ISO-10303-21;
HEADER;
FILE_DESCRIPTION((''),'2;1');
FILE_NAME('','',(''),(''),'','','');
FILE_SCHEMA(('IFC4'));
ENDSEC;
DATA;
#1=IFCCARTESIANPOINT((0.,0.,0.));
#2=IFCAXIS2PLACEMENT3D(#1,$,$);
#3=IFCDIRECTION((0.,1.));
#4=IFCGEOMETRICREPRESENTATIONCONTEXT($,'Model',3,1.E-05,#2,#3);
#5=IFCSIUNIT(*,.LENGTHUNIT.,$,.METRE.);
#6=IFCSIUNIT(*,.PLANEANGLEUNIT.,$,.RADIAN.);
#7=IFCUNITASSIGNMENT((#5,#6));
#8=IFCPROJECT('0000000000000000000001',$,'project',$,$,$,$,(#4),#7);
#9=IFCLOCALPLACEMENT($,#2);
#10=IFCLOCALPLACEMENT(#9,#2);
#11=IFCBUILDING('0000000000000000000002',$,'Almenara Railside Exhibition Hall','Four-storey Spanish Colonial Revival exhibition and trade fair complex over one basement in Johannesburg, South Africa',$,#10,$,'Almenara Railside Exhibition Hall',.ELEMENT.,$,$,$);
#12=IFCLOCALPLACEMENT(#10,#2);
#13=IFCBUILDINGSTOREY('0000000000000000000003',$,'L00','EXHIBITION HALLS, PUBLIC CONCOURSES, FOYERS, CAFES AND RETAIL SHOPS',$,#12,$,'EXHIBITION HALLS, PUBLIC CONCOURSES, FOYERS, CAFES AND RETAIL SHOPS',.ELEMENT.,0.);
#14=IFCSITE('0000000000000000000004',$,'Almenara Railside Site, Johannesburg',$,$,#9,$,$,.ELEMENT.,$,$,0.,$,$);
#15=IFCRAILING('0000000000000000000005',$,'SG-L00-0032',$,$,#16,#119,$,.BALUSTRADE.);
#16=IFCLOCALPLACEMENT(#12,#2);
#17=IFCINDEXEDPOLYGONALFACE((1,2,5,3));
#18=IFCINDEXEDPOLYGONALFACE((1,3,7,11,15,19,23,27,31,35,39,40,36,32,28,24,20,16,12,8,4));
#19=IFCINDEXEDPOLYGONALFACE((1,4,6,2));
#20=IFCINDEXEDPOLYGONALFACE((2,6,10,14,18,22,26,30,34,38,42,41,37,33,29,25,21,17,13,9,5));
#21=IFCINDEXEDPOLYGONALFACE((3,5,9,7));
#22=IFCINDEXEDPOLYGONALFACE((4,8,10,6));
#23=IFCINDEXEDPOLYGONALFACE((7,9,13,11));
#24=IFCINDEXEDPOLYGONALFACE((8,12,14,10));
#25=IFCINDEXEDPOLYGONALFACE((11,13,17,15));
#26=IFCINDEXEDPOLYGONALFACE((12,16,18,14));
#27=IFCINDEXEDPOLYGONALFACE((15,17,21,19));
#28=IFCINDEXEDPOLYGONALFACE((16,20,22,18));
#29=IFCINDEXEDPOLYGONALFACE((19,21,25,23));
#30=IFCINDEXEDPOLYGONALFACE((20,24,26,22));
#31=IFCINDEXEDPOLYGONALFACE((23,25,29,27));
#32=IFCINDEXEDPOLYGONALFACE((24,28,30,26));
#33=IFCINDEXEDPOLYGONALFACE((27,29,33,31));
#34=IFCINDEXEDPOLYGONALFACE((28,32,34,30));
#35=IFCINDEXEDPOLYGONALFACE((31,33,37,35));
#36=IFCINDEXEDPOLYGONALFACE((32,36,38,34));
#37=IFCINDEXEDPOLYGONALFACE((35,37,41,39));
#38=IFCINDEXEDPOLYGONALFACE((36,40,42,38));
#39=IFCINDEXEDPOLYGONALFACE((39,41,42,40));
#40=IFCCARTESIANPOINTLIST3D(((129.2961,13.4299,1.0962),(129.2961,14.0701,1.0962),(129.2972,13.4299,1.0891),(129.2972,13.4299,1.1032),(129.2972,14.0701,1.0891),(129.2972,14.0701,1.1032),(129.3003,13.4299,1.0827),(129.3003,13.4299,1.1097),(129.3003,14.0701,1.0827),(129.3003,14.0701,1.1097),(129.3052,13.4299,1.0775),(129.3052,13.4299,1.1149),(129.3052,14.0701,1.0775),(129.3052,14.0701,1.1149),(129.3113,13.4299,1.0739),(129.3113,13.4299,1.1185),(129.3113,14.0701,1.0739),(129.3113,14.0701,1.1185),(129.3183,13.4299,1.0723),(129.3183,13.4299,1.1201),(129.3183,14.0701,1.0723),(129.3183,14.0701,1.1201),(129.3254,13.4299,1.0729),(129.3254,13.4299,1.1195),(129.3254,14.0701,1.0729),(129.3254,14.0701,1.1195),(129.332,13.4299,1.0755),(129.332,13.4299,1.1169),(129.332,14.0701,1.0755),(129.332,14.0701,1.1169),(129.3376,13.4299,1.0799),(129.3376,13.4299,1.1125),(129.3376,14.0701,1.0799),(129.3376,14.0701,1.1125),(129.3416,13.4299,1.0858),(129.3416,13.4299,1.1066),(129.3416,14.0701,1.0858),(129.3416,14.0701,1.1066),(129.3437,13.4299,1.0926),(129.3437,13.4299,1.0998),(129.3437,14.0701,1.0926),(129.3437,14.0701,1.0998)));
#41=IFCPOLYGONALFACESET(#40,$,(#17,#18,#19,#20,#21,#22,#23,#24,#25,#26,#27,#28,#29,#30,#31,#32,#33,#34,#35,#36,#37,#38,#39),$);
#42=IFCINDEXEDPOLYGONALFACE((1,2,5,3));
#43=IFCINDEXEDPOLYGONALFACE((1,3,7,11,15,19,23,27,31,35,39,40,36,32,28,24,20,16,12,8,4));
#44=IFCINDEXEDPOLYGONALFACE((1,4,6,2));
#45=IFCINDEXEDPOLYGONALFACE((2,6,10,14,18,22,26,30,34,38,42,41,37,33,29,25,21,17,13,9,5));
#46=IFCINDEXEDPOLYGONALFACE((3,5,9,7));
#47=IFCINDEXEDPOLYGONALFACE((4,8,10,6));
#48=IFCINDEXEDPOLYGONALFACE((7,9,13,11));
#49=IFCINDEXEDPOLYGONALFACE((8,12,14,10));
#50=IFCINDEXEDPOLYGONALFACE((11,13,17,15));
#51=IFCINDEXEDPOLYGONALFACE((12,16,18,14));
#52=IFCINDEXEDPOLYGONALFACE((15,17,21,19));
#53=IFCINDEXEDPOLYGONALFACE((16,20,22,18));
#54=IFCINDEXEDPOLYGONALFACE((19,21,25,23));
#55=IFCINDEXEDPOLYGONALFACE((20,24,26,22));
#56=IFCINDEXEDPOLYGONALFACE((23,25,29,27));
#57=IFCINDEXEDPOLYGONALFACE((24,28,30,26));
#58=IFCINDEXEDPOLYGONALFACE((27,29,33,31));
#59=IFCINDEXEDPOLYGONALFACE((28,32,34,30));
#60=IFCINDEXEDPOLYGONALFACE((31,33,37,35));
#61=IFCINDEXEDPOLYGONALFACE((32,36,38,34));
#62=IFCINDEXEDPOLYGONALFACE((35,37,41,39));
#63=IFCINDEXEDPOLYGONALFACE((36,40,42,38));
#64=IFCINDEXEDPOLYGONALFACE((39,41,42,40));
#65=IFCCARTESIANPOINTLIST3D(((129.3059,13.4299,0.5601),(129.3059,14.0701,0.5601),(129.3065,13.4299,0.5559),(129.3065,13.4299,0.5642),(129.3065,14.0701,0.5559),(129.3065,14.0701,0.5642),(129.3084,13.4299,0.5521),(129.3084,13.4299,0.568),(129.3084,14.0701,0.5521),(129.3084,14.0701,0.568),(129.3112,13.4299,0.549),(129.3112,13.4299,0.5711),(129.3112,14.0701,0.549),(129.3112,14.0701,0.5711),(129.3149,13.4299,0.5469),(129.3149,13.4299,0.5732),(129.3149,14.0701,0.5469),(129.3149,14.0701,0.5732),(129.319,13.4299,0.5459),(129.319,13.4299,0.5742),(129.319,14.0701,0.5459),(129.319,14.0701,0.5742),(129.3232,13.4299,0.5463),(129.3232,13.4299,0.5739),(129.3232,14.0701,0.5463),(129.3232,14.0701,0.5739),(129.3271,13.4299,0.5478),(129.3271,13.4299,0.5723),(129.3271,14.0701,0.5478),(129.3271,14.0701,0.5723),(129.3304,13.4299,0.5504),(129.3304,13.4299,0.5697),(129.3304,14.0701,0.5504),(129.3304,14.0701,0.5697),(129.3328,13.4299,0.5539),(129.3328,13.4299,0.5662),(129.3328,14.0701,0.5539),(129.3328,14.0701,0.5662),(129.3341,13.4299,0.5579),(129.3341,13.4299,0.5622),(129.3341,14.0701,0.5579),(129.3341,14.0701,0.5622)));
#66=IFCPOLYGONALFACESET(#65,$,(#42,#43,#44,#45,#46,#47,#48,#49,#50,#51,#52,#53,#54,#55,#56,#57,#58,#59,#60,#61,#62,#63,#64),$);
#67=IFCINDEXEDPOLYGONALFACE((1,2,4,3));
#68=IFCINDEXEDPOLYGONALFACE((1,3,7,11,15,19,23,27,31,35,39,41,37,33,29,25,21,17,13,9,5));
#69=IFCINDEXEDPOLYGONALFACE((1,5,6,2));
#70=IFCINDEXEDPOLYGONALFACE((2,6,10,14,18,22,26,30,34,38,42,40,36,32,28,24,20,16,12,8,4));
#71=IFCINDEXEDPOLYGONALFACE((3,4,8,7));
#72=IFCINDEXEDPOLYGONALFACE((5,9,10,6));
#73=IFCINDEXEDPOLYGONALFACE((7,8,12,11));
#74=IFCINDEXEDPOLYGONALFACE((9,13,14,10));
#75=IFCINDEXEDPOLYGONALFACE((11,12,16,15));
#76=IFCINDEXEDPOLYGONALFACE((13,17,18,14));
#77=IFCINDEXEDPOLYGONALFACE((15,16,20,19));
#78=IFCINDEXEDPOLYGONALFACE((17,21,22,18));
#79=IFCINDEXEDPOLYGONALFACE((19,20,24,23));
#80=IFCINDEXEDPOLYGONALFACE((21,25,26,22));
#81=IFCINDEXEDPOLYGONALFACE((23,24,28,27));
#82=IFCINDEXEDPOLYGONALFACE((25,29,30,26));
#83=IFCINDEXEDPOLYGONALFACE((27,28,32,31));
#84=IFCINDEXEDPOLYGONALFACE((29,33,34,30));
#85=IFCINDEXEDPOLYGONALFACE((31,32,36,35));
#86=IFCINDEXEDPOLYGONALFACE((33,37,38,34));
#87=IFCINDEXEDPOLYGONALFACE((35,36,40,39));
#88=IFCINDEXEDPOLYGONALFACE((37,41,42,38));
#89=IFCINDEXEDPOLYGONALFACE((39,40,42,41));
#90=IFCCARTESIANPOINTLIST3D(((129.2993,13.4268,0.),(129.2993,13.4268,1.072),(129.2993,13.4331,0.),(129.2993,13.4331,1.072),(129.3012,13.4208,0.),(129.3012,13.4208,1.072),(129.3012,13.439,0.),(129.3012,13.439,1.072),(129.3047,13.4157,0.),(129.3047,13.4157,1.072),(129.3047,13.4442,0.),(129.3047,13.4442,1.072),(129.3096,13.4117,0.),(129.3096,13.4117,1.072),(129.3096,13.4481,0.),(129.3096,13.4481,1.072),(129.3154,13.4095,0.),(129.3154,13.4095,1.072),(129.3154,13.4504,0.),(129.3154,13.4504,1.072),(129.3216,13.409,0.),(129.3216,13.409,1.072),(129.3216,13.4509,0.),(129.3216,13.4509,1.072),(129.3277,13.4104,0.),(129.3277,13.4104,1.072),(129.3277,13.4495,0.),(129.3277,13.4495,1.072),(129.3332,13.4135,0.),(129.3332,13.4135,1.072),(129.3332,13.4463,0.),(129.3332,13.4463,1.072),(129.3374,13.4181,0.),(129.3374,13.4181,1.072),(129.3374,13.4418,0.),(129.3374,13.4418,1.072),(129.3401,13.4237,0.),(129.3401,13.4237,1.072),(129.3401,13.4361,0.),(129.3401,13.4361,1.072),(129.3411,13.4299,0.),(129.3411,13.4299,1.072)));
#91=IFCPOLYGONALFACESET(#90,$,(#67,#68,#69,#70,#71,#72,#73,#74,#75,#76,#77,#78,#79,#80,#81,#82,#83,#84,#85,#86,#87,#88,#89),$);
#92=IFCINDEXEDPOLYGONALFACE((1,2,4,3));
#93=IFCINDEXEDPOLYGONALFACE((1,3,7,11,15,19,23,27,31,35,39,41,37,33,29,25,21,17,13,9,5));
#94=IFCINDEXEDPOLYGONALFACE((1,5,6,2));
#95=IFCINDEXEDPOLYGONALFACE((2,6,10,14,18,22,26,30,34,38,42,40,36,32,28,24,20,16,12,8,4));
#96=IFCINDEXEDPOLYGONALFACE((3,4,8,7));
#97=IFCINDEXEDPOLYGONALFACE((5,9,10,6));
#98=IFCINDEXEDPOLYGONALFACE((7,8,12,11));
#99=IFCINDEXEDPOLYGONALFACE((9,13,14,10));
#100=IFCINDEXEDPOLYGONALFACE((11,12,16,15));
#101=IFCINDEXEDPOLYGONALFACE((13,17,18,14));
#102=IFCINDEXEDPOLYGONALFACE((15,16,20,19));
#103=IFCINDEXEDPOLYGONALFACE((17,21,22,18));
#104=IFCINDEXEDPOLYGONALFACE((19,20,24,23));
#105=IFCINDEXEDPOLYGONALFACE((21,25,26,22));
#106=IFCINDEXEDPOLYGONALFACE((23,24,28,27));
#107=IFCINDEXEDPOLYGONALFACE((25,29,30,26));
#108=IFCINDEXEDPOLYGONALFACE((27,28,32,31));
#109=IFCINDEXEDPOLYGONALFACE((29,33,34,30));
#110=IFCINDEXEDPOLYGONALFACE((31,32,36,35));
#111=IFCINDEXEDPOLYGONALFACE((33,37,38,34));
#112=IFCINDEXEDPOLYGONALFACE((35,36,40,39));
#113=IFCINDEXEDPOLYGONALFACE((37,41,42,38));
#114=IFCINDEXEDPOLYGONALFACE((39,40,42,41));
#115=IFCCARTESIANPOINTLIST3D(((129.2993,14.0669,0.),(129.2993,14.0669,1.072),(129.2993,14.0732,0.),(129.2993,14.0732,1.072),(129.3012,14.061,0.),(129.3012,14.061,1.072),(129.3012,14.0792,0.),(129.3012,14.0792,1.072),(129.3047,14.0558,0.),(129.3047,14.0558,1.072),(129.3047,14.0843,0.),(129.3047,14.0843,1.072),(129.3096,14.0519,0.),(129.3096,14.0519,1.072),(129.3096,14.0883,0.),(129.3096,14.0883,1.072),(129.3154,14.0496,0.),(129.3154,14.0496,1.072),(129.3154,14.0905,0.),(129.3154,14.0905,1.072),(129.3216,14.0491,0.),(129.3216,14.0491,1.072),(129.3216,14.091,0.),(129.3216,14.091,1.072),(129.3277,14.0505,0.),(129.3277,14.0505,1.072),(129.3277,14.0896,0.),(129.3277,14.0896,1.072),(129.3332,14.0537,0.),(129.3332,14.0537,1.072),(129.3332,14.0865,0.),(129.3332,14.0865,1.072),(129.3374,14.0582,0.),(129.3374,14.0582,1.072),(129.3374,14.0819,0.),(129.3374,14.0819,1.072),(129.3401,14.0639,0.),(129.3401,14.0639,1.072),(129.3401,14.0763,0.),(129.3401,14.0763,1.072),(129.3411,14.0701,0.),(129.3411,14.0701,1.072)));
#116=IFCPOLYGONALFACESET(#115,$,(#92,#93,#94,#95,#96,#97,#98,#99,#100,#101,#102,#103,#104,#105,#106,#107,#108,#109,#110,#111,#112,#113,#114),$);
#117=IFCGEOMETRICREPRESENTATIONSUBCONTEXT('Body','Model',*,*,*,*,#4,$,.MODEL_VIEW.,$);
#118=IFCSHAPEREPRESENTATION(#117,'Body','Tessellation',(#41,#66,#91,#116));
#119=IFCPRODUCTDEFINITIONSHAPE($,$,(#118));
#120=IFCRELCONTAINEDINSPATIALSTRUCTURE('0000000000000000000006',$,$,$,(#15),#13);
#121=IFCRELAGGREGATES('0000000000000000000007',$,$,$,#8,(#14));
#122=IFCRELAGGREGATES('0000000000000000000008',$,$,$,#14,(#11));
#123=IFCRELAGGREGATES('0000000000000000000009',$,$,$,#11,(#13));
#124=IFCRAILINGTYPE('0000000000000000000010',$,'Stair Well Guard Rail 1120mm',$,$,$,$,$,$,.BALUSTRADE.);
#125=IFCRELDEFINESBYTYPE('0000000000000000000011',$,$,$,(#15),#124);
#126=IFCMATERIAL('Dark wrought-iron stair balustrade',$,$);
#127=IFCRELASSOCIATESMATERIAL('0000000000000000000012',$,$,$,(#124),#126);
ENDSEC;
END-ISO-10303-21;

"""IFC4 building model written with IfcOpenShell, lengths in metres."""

from ifc_helpers import new_model, si_unit, direction, frame, origin, origin_2d, place, context, subcontext, project, spatial, circle, extrude, material, type_object, element, save


model = new_model("IFC4")

# Units and contexts
model_context = context("Model", 3, precision=1e-05, world=origin(), true_north=direction((0.0, 1.0)))
body_context = subcontext(model_context, "Body", "Model", "MODEL_VIEW")
ifc_project = project(units=[si_unit("LENGTHUNIT", "METRE"), si_unit("PLANEANGLEUNIT", "RADIAN")], contexts=[model_context])

# Site, building, storey
site_placement = place(None, origin())
site = spatial("IfcSite", under=ifc_project, at=site_placement, Name="Almenara Railside Site, Johannesburg", CompositionType="ELEMENT", RefElevation=0.0)
building_placement = place(site_placement, origin())
building = spatial("IfcBuilding", under=site, at=building_placement, Name="Almenara Railside Exhibition Hall", Description="Four-storey Spanish Colonial Revival exhibition and trade fair complex over one basement in Johannesburg, South Africa", LongName="Almenara Railside Exhibition Hall", CompositionType="ELEMENT")
storey_placement = place(building_placement, origin())
storey = spatial("IfcBuildingStorey", under=building, at=storey_placement, Name="L00", Description="EXHIBITION HALLS, PUBLIC CONCOURSES, FOYERS, CAFES AND RETAIL SHOPS", LongName="EXHIBITION HALLS, PUBLIC CONCOURSES, FOYERS, CAFES AND RETAIL SHOPS", CompositionType="ELEMENT", Elevation=0.0)

# Railing
ifc_material_1 = material(Name="Dark wrought-iron stair balustrade")
railing_type_1 = type_object("IfcRailingType", Name="Stair Well Guard Rail 1120mm", PredefinedType="BALUSTRADE", material=ifc_material_1)
railing_1_placement = place(storey_placement, frame((129.3201, 13.4299, 0.0)))
element("IfcRailing", 1, at=railing_1_placement, inside=storey, type_object=railing_type_1, Name="SG-L00-0032", PredefinedType="BALUSTRADE", context=body_context, shape_type="SweptSolid", body=[
    extrude(circle(Radius=0.0239, at=origin_2d()), frame((0.0, 0.0, 1.0962), z_axis=(0.0, 1.0, 0.0), x_axis=(-1.0, 0.0, 0.0)), (0.0, 0.0, 1.0), 0.6401),
    extrude(circle(Radius=0.0142, at=origin_2d()), frame((0.0, 0.0, 0.5601), z_axis=(0.0, 1.0, 0.0), x_axis=(-1.0, 0.0, 0.0)), (0.0, 0.0, 1.0), 0.6401),
    extrude(circle(Radius=0.021, at=origin_2d()), origin(), (0.0, 0.0, 1.0), 1.072),
    extrude(circle(Radius=0.021, at=origin_2d()), frame((0.0, 0.6401, 0.0)), (0.0, 0.0, 1.0), 1.072),
])

save(model, "model.ifc")
